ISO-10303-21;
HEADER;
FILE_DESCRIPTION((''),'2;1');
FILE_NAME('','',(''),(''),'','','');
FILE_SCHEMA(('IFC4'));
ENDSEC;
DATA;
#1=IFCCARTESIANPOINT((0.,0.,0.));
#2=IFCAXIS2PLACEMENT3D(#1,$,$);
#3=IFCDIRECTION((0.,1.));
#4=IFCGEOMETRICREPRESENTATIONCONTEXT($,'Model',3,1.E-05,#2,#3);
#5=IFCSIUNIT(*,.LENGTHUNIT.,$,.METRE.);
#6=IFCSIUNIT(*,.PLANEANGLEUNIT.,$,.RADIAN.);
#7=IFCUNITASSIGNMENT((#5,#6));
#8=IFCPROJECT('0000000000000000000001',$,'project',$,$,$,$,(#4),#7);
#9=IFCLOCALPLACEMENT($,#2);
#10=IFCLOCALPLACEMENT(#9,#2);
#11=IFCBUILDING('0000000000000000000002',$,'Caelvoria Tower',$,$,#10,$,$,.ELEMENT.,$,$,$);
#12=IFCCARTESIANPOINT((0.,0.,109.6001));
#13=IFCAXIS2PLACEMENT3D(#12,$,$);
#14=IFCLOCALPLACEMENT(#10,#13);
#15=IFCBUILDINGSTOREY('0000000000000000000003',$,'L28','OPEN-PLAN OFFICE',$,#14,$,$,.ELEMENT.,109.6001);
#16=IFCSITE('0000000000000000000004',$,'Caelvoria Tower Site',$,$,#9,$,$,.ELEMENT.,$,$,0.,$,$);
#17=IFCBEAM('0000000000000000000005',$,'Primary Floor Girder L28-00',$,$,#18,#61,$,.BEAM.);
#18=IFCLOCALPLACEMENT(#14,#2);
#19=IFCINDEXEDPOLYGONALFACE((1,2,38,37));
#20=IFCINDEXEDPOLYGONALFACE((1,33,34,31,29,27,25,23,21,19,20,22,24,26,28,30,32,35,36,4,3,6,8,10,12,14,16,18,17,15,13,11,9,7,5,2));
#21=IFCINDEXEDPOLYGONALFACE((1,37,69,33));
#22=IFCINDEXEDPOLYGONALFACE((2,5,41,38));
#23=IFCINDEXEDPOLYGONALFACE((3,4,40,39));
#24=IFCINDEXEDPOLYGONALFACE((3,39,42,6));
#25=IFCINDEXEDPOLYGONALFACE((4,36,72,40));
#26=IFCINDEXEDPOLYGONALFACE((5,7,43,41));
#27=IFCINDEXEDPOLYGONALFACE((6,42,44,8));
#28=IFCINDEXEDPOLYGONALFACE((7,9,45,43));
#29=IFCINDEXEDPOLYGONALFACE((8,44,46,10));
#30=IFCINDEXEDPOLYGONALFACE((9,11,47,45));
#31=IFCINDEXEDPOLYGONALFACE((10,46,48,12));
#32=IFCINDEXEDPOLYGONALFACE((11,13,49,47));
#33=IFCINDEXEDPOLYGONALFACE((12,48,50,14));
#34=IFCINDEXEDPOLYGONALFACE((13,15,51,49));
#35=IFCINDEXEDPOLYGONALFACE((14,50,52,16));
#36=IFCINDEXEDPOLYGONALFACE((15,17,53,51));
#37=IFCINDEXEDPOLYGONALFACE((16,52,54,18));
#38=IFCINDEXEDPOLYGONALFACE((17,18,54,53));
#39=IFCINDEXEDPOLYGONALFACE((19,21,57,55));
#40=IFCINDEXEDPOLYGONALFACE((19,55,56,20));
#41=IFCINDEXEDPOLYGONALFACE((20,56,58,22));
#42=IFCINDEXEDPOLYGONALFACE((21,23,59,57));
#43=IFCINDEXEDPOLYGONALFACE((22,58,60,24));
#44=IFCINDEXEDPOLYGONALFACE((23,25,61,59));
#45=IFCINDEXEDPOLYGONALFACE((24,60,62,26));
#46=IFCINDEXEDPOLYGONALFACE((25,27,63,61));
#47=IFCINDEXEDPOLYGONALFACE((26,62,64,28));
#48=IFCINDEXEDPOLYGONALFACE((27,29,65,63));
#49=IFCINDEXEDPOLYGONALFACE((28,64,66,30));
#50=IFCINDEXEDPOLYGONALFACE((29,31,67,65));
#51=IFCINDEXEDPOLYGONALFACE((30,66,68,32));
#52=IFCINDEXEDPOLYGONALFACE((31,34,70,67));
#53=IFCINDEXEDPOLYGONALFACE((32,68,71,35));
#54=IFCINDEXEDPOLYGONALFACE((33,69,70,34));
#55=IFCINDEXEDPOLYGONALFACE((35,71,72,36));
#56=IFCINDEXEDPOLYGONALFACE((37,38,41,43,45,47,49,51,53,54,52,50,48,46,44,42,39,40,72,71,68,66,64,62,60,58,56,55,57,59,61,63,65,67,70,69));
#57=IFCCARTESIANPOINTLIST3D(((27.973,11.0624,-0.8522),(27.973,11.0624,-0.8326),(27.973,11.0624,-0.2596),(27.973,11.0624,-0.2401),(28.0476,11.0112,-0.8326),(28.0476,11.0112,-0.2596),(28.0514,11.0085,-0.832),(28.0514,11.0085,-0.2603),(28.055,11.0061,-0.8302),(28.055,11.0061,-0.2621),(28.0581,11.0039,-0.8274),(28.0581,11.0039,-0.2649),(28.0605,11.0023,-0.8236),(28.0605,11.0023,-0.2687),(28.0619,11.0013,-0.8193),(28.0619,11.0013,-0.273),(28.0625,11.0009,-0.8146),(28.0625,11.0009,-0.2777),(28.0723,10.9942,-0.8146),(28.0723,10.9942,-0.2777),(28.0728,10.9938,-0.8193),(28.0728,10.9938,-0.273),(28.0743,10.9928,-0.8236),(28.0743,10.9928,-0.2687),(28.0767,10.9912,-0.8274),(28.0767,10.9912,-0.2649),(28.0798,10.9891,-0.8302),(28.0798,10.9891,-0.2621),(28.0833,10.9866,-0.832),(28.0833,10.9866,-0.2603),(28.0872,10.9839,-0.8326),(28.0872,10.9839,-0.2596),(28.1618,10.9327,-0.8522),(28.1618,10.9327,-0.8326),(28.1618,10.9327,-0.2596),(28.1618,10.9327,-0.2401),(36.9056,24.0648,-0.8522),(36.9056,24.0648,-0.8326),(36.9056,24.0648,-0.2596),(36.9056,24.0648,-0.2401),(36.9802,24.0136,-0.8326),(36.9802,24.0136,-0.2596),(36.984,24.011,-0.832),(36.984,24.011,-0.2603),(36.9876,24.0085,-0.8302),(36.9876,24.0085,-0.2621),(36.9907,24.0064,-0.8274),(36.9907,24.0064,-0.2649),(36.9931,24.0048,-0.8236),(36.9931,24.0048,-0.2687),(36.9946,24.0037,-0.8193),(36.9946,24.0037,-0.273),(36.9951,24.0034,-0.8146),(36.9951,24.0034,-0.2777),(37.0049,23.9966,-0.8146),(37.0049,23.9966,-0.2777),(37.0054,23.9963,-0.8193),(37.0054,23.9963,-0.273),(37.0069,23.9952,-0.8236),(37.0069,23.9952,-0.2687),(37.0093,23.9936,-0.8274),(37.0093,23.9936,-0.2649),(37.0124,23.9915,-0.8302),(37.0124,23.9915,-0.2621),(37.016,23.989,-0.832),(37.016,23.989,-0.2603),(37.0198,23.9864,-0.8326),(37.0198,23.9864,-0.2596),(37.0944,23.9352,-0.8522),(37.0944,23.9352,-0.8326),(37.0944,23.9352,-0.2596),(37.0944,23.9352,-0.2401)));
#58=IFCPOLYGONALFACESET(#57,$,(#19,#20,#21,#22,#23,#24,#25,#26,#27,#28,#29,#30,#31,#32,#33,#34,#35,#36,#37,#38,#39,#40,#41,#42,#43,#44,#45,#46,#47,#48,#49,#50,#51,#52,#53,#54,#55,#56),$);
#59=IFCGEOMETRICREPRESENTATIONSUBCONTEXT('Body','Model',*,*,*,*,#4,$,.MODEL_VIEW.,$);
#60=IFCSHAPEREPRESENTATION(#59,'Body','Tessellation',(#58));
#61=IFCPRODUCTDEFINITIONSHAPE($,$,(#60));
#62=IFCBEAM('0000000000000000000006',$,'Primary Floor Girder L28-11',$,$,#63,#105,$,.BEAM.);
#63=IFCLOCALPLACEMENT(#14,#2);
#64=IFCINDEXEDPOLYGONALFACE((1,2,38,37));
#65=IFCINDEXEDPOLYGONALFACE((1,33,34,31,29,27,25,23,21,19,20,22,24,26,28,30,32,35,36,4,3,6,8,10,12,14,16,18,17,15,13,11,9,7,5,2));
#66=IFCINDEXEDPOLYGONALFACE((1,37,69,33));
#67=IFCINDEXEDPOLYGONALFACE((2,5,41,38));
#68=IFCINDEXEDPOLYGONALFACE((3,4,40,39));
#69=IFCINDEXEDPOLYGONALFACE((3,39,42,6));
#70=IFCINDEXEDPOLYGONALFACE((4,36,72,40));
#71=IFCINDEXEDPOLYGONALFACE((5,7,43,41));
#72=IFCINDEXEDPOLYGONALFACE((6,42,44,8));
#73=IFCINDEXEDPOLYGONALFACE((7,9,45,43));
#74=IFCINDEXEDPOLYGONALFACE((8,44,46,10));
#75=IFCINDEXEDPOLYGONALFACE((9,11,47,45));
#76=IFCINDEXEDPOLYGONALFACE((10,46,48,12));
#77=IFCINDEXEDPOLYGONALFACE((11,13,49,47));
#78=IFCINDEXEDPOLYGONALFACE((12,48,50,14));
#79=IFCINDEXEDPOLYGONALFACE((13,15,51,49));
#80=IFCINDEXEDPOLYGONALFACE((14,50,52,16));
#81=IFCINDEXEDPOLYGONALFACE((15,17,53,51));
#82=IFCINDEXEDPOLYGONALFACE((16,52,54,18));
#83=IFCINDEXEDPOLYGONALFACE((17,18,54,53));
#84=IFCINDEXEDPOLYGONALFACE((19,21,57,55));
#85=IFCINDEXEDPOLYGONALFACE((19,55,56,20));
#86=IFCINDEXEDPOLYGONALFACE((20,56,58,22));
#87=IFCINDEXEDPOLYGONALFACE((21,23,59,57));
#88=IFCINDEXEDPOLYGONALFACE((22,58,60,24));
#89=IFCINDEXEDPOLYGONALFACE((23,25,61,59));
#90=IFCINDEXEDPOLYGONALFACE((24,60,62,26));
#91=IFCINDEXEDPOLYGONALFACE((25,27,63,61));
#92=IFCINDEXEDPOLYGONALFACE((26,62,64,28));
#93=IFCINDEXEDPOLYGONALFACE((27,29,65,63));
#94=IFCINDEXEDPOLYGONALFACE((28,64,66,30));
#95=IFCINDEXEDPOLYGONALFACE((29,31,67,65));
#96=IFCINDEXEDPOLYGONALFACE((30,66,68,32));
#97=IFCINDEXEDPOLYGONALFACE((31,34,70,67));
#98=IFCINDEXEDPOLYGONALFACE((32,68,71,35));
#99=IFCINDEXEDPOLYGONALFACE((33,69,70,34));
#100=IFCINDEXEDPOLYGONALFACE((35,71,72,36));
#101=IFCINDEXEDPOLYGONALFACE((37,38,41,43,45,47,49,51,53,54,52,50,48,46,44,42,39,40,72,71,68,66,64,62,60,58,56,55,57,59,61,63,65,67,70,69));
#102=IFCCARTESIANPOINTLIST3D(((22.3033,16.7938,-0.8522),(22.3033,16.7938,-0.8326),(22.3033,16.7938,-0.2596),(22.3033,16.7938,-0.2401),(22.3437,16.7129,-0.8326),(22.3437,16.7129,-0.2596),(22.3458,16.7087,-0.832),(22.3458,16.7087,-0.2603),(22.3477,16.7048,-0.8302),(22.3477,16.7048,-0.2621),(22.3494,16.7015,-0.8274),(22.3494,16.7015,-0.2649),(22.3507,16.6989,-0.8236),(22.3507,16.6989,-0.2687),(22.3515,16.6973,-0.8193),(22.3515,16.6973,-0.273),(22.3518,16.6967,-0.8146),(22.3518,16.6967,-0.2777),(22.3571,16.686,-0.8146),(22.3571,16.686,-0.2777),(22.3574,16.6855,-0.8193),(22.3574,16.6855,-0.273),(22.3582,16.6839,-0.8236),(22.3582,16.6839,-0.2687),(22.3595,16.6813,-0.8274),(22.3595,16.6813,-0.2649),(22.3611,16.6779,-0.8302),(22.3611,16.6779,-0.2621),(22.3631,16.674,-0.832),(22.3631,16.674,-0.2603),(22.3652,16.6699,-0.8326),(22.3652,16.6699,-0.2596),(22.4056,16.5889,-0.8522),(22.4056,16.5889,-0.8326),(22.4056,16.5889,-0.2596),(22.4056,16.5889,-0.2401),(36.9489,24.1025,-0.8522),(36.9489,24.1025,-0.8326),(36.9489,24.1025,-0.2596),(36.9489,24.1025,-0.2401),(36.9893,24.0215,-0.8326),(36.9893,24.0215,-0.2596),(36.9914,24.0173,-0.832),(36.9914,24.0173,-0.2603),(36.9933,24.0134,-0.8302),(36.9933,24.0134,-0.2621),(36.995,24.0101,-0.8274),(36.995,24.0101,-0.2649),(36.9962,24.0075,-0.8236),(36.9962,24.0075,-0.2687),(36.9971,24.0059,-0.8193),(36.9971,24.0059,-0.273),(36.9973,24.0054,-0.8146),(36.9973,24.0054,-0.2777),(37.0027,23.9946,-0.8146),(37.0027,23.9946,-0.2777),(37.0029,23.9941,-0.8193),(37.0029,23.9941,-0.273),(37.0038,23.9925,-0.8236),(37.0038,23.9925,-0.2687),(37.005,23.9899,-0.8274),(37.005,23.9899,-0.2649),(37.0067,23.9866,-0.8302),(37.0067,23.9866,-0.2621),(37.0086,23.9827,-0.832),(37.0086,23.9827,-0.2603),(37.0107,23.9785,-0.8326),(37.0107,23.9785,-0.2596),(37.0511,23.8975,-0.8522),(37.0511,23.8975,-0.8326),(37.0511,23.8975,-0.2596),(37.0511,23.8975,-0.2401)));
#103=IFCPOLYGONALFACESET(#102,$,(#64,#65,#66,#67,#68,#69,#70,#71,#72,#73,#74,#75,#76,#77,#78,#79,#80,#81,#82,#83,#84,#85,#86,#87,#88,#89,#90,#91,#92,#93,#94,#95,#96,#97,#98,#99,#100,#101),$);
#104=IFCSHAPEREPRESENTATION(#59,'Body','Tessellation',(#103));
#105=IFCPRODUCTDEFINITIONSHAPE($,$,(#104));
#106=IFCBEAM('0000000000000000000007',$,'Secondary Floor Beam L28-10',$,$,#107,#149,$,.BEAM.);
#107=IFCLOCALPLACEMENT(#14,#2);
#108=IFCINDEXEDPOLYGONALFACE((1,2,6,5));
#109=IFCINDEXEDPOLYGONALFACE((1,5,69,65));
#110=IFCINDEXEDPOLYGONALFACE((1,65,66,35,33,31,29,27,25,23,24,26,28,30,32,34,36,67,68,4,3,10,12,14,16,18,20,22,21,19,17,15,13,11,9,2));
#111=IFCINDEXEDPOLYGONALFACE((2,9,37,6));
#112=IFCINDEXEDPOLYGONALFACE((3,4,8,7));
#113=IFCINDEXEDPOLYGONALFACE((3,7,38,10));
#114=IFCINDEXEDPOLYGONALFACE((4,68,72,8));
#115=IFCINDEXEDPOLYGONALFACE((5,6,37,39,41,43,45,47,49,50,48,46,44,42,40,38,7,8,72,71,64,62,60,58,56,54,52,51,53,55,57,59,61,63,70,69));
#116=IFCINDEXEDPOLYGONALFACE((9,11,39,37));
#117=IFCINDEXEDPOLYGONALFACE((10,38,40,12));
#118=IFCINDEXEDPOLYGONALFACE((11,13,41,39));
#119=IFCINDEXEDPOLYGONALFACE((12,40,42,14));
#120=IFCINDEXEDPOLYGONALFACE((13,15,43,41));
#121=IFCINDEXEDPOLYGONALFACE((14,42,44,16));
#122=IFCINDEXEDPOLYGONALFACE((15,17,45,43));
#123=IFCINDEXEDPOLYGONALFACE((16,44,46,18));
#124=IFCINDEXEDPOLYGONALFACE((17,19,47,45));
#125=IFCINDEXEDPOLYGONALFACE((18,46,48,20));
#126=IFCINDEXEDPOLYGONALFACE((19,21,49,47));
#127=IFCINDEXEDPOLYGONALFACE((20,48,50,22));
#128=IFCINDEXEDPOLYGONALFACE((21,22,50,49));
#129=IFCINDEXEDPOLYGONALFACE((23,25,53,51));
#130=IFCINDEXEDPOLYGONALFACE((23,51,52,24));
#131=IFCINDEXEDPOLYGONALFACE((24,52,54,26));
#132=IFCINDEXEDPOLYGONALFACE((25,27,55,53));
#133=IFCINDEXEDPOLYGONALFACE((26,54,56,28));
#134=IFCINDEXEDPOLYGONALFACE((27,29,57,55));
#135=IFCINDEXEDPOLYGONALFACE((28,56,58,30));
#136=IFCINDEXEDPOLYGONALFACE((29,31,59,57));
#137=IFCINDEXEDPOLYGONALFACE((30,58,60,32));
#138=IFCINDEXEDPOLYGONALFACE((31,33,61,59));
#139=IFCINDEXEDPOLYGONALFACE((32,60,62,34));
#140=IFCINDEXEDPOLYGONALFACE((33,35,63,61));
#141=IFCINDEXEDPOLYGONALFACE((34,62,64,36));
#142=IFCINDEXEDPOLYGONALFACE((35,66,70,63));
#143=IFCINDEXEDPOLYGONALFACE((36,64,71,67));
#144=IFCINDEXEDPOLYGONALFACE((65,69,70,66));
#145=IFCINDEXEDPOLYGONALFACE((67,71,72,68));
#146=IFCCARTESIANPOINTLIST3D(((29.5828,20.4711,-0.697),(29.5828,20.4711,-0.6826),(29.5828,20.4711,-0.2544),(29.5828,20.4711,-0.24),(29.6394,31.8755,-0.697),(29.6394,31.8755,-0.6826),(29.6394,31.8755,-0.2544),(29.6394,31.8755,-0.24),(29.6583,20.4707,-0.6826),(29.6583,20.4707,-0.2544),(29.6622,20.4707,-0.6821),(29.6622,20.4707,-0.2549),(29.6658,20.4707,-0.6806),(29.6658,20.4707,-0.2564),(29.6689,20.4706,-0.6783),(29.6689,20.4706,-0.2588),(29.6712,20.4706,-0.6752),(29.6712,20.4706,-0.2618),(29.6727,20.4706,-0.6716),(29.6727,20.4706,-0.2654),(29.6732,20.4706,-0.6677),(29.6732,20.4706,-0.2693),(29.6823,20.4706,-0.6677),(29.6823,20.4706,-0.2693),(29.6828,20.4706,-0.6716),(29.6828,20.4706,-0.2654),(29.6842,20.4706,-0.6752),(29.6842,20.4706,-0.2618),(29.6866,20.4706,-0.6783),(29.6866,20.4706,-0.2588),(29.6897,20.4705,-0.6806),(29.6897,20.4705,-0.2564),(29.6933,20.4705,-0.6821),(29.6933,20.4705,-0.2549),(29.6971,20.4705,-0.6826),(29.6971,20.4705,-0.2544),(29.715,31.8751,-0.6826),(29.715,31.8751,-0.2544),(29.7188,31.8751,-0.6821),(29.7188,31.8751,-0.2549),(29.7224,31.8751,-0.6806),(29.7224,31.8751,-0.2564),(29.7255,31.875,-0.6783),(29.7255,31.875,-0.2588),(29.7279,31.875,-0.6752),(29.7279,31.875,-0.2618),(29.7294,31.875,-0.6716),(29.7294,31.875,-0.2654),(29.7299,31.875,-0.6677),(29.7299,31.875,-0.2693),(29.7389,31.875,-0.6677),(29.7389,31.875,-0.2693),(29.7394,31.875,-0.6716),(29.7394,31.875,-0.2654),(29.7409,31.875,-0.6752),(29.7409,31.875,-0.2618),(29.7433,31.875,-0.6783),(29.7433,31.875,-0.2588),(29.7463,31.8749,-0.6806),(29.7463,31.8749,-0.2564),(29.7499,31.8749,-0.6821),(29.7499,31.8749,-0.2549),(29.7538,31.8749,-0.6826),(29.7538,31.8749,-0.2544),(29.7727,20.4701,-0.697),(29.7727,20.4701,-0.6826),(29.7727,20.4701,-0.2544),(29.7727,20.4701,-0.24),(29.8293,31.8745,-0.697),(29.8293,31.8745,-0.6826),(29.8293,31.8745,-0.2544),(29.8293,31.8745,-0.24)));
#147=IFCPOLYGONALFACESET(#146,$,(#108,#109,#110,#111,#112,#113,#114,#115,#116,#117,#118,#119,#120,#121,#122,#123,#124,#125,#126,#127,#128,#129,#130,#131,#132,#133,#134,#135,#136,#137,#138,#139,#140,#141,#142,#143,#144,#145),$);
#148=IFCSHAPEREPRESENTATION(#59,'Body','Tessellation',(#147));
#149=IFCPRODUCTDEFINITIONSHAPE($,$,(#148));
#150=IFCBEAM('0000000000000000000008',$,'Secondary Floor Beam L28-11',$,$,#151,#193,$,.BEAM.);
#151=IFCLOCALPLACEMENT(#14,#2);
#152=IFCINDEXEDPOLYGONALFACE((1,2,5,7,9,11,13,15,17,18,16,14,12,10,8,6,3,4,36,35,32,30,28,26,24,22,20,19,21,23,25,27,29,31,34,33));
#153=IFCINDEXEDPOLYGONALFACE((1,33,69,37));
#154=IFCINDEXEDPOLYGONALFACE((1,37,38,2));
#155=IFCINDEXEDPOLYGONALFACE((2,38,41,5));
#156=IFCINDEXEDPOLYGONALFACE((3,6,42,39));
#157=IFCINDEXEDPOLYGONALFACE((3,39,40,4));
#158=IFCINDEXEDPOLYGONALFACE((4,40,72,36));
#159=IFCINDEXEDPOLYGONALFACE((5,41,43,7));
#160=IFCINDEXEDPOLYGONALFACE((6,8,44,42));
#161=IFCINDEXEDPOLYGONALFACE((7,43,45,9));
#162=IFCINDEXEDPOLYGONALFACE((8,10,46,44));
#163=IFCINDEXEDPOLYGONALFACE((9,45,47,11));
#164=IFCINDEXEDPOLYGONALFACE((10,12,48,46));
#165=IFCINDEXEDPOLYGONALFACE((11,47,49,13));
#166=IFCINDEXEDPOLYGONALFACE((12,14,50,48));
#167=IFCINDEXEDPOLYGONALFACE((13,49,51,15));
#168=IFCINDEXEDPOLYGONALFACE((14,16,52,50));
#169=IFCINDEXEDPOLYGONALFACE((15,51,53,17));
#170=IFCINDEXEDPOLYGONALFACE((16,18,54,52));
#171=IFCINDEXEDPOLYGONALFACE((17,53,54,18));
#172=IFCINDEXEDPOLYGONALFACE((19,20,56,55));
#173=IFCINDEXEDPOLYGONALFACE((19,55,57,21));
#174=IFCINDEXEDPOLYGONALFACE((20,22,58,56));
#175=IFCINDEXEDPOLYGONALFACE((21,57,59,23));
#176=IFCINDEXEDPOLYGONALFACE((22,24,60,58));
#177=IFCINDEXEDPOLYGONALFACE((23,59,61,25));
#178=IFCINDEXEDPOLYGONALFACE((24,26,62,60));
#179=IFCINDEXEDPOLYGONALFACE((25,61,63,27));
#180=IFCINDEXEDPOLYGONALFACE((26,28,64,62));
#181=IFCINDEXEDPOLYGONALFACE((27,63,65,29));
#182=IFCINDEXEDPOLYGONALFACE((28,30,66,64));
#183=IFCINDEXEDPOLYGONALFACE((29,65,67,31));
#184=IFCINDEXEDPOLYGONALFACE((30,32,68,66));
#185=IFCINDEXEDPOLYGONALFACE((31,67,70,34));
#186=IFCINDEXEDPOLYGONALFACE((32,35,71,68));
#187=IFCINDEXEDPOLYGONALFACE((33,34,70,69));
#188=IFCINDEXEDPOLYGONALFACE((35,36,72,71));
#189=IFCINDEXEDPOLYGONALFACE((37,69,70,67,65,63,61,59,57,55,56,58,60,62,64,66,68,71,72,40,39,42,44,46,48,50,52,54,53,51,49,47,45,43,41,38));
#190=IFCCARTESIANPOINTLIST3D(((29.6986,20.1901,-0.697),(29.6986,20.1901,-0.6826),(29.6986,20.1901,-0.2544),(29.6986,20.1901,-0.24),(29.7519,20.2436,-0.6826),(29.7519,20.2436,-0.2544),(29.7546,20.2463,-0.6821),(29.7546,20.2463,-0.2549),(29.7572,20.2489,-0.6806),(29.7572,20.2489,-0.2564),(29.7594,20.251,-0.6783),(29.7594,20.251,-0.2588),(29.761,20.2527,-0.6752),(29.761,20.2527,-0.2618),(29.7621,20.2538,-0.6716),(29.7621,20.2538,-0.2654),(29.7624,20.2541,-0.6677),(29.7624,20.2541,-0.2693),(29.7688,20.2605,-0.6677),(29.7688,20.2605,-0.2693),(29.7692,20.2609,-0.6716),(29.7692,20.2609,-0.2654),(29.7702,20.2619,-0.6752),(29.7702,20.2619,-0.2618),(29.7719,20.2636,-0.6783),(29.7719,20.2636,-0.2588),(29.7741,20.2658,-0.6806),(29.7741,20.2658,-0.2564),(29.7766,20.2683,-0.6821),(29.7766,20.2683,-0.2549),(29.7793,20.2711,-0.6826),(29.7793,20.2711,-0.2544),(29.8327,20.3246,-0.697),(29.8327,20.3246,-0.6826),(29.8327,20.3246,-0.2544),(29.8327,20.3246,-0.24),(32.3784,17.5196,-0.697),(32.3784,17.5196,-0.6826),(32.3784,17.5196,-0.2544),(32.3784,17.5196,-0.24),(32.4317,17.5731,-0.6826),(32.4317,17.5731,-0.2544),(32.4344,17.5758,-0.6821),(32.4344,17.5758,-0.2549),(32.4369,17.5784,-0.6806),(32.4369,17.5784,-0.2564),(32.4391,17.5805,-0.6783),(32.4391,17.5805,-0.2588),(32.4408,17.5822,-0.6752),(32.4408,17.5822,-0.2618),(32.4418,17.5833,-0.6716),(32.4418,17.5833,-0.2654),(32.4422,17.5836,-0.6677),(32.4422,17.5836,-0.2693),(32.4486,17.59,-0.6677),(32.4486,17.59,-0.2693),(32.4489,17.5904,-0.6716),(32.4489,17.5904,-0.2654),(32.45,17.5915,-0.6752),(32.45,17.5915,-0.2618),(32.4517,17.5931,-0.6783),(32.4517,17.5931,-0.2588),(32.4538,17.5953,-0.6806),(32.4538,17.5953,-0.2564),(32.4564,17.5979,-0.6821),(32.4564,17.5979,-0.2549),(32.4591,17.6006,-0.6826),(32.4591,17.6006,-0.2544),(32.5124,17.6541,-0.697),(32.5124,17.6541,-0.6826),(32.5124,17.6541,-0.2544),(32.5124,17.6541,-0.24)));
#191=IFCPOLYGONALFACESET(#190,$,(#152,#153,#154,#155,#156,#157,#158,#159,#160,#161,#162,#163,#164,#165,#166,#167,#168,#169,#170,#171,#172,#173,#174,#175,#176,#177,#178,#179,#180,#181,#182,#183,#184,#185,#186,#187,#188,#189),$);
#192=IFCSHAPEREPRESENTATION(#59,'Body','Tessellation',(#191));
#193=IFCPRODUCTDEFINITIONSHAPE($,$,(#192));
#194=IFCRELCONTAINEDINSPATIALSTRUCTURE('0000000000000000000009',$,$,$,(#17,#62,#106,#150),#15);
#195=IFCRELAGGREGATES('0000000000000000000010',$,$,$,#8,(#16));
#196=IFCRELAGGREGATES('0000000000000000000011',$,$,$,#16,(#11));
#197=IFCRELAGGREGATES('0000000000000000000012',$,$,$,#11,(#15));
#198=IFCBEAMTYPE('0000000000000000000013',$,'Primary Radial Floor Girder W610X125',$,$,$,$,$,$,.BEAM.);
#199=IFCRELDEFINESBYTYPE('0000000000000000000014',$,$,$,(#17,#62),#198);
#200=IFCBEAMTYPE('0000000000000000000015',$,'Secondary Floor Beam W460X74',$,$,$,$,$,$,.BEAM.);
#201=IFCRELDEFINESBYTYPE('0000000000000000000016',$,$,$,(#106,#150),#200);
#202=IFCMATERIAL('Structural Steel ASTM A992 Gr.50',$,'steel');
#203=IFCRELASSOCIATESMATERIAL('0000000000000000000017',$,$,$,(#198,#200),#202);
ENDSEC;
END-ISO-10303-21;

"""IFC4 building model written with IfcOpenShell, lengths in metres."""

from ifc_helpers import new_model, si_unit, direction, frame, origin, origin_2d, place, context, subcontext, project, spatial, i_section, extrude, material, material_profile, profile_set, type_object, element, save


model = new_model("IFC4")

# Units and contexts
model_context = context("Model", 3, precision=1e-05, world=origin(), true_north=direction((0.0, 1.0)))
body_context = subcontext(model_context, "Body", "Model", "MODEL_VIEW")
ifc_project = project(units=[si_unit("LENGTHUNIT", "METRE"), si_unit("PLANEANGLEUNIT", "RADIAN")], contexts=[model_context])

# Site, building, storey
site_placement = place(None, origin())
site = spatial("IfcSite", under=ifc_project, at=site_placement, Name="Caelvoria Tower Site", CompositionType="ELEMENT", RefElevation=0.0)
building_placement = place(site_placement, origin())
building = spatial("IfcBuilding", under=site, at=building_placement, Name="Caelvoria Tower", CompositionType="ELEMENT")
storey_placement = place(building_placement, frame((0.0, 0.0, 109.6001)))
storey = spatial("IfcBuildingStorey", under=building, at=storey_placement, Name="L28", Description="OPEN-PLAN OFFICE", CompositionType="ELEMENT", Elevation=109.6001)

# Beams
ifc_material_1 = material(Name="Structural Steel ASTM A992 Gr.50", Category="steel")
ifc_material_profile_1 = material_profile(ifc_material_1, i_section(OverallWidth=0.229, OverallDepth=0.6121, WebThickness=0.012, FlangeThickness=0.0195, FilletRadius=0.0181, at=origin_2d()), Name="Structural Steel ASTM A992 Gr.50")
ifc_profile_set_1 = profile_set([ifc_material_profile_1], Name="W610X125 - Structural Steel ASTM A992 Gr.50")
beam_type_1 = type_object("IfcBeamType", Name="Primary Radial Floor Girder W610X125", PredefinedType="BEAM", material=ifc_profile_set_1)
beam_1_placement = place(storey_placement, frame((37.0, 24.0, -0.5461), z_axis=(-0.566246, -0.824236, 0.0), x_axis=(0.824236, -0.566246, 0.0)))
element("IfcBeam", 1, at=beam_1_placement, inside=storey, type_object=beam_type_1, Name="Primary Floor Girder L28-00", PredefinedType="BEAM", context=body_context, shape_type="SweptSolid", body=[
    extrude(i_section(OverallWidth=0.229, OverallDepth=0.6121, WebThickness=0.012, FlangeThickness=0.0195, FilletRadius=0.0181, at=origin_2d()), origin(), (0.0, 0.0, 1.0), 15.7751),
])
beam_2_placement = place(storey_placement, frame((37.0, 24.0, -0.5461), z_axis=(-0.894773, -0.446521, 0.0), x_axis=(0.446521, -0.894773, 0.0)))
element("IfcBeam", 2, at=beam_2_placement, inside=storey, type_object=beam_type_1, Name="Primary Floor Girder L28-11", PredefinedType="BEAM", context=body_context, shape_type="SweptSolid", body=[
    extrude(i_section(OverallWidth=0.229, OverallDepth=0.6121, WebThickness=0.012, FlangeThickness=0.0195, FilletRadius=0.0181, at=origin_2d()), origin(), (0.0, 0.0, 1.0), 16.3679),
])
ifc_material_profile_2 = material_profile(ifc_material_1, i_section(OverallWidth=0.1899, OverallDepth=0.457, WebThickness=0.009, FlangeThickness=0.0144, FilletRadius=0.0149, at=origin_2d()), Name="Structural Steel ASTM A992 Gr.50")
ifc_profile_set_2 = profile_set([ifc_material_profile_2], Name="W460X74 - Structural Steel ASTM A992 Gr.50")
beam_type_2 = type_object("IfcBeamType", Name="Secondary Floor Beam W460X74", PredefinedType="BEAM", material=ifc_profile_set_2)
beam_3_placement = place(storey_placement, frame((29.7344, 31.875, -0.4685), z_axis=(-0.004967, -0.999988, 0.0), x_axis=(0.999988, -0.004967, 0.0)))
element("IfcBeam", 3, at=beam_3_placement, inside=storey, type_object=beam_type_2, Name="Secondary Floor Beam L28-10", PredefinedType="BEAM", context=body_context, shape_type="SweptSolid", body=[
    extrude(i_section(OverallWidth=0.1899, OverallDepth=0.457, WebThickness=0.009, FlangeThickness=0.0144, FilletRadius=0.0149, at=origin_2d()), origin(), (0.0, 0.0, 1.0), 11.4045),
])
beam_4_placement = place(storey_placement, frame((29.7656, 20.2573, -0.4685), z_axis=(0.708332, -0.70588, 0.0), x_axis=(0.70588, 0.708332, 0.0)))
element("IfcBeam", 4, at=beam_4_placement, inside=storey, type_object=beam_type_2, Name="Secondary Floor Beam L28-11", PredefinedType="BEAM", context=body_context, shape_type="SweptSolid", body=[
    extrude(i_section(OverallWidth=0.1899, OverallDepth=0.457, WebThickness=0.009, FlangeThickness=0.0144, FilletRadius=0.0149, at=origin_2d()), origin(), (0.0, 0.0, 1.0), 3.7832),
])

save(model, "model.ifc")
